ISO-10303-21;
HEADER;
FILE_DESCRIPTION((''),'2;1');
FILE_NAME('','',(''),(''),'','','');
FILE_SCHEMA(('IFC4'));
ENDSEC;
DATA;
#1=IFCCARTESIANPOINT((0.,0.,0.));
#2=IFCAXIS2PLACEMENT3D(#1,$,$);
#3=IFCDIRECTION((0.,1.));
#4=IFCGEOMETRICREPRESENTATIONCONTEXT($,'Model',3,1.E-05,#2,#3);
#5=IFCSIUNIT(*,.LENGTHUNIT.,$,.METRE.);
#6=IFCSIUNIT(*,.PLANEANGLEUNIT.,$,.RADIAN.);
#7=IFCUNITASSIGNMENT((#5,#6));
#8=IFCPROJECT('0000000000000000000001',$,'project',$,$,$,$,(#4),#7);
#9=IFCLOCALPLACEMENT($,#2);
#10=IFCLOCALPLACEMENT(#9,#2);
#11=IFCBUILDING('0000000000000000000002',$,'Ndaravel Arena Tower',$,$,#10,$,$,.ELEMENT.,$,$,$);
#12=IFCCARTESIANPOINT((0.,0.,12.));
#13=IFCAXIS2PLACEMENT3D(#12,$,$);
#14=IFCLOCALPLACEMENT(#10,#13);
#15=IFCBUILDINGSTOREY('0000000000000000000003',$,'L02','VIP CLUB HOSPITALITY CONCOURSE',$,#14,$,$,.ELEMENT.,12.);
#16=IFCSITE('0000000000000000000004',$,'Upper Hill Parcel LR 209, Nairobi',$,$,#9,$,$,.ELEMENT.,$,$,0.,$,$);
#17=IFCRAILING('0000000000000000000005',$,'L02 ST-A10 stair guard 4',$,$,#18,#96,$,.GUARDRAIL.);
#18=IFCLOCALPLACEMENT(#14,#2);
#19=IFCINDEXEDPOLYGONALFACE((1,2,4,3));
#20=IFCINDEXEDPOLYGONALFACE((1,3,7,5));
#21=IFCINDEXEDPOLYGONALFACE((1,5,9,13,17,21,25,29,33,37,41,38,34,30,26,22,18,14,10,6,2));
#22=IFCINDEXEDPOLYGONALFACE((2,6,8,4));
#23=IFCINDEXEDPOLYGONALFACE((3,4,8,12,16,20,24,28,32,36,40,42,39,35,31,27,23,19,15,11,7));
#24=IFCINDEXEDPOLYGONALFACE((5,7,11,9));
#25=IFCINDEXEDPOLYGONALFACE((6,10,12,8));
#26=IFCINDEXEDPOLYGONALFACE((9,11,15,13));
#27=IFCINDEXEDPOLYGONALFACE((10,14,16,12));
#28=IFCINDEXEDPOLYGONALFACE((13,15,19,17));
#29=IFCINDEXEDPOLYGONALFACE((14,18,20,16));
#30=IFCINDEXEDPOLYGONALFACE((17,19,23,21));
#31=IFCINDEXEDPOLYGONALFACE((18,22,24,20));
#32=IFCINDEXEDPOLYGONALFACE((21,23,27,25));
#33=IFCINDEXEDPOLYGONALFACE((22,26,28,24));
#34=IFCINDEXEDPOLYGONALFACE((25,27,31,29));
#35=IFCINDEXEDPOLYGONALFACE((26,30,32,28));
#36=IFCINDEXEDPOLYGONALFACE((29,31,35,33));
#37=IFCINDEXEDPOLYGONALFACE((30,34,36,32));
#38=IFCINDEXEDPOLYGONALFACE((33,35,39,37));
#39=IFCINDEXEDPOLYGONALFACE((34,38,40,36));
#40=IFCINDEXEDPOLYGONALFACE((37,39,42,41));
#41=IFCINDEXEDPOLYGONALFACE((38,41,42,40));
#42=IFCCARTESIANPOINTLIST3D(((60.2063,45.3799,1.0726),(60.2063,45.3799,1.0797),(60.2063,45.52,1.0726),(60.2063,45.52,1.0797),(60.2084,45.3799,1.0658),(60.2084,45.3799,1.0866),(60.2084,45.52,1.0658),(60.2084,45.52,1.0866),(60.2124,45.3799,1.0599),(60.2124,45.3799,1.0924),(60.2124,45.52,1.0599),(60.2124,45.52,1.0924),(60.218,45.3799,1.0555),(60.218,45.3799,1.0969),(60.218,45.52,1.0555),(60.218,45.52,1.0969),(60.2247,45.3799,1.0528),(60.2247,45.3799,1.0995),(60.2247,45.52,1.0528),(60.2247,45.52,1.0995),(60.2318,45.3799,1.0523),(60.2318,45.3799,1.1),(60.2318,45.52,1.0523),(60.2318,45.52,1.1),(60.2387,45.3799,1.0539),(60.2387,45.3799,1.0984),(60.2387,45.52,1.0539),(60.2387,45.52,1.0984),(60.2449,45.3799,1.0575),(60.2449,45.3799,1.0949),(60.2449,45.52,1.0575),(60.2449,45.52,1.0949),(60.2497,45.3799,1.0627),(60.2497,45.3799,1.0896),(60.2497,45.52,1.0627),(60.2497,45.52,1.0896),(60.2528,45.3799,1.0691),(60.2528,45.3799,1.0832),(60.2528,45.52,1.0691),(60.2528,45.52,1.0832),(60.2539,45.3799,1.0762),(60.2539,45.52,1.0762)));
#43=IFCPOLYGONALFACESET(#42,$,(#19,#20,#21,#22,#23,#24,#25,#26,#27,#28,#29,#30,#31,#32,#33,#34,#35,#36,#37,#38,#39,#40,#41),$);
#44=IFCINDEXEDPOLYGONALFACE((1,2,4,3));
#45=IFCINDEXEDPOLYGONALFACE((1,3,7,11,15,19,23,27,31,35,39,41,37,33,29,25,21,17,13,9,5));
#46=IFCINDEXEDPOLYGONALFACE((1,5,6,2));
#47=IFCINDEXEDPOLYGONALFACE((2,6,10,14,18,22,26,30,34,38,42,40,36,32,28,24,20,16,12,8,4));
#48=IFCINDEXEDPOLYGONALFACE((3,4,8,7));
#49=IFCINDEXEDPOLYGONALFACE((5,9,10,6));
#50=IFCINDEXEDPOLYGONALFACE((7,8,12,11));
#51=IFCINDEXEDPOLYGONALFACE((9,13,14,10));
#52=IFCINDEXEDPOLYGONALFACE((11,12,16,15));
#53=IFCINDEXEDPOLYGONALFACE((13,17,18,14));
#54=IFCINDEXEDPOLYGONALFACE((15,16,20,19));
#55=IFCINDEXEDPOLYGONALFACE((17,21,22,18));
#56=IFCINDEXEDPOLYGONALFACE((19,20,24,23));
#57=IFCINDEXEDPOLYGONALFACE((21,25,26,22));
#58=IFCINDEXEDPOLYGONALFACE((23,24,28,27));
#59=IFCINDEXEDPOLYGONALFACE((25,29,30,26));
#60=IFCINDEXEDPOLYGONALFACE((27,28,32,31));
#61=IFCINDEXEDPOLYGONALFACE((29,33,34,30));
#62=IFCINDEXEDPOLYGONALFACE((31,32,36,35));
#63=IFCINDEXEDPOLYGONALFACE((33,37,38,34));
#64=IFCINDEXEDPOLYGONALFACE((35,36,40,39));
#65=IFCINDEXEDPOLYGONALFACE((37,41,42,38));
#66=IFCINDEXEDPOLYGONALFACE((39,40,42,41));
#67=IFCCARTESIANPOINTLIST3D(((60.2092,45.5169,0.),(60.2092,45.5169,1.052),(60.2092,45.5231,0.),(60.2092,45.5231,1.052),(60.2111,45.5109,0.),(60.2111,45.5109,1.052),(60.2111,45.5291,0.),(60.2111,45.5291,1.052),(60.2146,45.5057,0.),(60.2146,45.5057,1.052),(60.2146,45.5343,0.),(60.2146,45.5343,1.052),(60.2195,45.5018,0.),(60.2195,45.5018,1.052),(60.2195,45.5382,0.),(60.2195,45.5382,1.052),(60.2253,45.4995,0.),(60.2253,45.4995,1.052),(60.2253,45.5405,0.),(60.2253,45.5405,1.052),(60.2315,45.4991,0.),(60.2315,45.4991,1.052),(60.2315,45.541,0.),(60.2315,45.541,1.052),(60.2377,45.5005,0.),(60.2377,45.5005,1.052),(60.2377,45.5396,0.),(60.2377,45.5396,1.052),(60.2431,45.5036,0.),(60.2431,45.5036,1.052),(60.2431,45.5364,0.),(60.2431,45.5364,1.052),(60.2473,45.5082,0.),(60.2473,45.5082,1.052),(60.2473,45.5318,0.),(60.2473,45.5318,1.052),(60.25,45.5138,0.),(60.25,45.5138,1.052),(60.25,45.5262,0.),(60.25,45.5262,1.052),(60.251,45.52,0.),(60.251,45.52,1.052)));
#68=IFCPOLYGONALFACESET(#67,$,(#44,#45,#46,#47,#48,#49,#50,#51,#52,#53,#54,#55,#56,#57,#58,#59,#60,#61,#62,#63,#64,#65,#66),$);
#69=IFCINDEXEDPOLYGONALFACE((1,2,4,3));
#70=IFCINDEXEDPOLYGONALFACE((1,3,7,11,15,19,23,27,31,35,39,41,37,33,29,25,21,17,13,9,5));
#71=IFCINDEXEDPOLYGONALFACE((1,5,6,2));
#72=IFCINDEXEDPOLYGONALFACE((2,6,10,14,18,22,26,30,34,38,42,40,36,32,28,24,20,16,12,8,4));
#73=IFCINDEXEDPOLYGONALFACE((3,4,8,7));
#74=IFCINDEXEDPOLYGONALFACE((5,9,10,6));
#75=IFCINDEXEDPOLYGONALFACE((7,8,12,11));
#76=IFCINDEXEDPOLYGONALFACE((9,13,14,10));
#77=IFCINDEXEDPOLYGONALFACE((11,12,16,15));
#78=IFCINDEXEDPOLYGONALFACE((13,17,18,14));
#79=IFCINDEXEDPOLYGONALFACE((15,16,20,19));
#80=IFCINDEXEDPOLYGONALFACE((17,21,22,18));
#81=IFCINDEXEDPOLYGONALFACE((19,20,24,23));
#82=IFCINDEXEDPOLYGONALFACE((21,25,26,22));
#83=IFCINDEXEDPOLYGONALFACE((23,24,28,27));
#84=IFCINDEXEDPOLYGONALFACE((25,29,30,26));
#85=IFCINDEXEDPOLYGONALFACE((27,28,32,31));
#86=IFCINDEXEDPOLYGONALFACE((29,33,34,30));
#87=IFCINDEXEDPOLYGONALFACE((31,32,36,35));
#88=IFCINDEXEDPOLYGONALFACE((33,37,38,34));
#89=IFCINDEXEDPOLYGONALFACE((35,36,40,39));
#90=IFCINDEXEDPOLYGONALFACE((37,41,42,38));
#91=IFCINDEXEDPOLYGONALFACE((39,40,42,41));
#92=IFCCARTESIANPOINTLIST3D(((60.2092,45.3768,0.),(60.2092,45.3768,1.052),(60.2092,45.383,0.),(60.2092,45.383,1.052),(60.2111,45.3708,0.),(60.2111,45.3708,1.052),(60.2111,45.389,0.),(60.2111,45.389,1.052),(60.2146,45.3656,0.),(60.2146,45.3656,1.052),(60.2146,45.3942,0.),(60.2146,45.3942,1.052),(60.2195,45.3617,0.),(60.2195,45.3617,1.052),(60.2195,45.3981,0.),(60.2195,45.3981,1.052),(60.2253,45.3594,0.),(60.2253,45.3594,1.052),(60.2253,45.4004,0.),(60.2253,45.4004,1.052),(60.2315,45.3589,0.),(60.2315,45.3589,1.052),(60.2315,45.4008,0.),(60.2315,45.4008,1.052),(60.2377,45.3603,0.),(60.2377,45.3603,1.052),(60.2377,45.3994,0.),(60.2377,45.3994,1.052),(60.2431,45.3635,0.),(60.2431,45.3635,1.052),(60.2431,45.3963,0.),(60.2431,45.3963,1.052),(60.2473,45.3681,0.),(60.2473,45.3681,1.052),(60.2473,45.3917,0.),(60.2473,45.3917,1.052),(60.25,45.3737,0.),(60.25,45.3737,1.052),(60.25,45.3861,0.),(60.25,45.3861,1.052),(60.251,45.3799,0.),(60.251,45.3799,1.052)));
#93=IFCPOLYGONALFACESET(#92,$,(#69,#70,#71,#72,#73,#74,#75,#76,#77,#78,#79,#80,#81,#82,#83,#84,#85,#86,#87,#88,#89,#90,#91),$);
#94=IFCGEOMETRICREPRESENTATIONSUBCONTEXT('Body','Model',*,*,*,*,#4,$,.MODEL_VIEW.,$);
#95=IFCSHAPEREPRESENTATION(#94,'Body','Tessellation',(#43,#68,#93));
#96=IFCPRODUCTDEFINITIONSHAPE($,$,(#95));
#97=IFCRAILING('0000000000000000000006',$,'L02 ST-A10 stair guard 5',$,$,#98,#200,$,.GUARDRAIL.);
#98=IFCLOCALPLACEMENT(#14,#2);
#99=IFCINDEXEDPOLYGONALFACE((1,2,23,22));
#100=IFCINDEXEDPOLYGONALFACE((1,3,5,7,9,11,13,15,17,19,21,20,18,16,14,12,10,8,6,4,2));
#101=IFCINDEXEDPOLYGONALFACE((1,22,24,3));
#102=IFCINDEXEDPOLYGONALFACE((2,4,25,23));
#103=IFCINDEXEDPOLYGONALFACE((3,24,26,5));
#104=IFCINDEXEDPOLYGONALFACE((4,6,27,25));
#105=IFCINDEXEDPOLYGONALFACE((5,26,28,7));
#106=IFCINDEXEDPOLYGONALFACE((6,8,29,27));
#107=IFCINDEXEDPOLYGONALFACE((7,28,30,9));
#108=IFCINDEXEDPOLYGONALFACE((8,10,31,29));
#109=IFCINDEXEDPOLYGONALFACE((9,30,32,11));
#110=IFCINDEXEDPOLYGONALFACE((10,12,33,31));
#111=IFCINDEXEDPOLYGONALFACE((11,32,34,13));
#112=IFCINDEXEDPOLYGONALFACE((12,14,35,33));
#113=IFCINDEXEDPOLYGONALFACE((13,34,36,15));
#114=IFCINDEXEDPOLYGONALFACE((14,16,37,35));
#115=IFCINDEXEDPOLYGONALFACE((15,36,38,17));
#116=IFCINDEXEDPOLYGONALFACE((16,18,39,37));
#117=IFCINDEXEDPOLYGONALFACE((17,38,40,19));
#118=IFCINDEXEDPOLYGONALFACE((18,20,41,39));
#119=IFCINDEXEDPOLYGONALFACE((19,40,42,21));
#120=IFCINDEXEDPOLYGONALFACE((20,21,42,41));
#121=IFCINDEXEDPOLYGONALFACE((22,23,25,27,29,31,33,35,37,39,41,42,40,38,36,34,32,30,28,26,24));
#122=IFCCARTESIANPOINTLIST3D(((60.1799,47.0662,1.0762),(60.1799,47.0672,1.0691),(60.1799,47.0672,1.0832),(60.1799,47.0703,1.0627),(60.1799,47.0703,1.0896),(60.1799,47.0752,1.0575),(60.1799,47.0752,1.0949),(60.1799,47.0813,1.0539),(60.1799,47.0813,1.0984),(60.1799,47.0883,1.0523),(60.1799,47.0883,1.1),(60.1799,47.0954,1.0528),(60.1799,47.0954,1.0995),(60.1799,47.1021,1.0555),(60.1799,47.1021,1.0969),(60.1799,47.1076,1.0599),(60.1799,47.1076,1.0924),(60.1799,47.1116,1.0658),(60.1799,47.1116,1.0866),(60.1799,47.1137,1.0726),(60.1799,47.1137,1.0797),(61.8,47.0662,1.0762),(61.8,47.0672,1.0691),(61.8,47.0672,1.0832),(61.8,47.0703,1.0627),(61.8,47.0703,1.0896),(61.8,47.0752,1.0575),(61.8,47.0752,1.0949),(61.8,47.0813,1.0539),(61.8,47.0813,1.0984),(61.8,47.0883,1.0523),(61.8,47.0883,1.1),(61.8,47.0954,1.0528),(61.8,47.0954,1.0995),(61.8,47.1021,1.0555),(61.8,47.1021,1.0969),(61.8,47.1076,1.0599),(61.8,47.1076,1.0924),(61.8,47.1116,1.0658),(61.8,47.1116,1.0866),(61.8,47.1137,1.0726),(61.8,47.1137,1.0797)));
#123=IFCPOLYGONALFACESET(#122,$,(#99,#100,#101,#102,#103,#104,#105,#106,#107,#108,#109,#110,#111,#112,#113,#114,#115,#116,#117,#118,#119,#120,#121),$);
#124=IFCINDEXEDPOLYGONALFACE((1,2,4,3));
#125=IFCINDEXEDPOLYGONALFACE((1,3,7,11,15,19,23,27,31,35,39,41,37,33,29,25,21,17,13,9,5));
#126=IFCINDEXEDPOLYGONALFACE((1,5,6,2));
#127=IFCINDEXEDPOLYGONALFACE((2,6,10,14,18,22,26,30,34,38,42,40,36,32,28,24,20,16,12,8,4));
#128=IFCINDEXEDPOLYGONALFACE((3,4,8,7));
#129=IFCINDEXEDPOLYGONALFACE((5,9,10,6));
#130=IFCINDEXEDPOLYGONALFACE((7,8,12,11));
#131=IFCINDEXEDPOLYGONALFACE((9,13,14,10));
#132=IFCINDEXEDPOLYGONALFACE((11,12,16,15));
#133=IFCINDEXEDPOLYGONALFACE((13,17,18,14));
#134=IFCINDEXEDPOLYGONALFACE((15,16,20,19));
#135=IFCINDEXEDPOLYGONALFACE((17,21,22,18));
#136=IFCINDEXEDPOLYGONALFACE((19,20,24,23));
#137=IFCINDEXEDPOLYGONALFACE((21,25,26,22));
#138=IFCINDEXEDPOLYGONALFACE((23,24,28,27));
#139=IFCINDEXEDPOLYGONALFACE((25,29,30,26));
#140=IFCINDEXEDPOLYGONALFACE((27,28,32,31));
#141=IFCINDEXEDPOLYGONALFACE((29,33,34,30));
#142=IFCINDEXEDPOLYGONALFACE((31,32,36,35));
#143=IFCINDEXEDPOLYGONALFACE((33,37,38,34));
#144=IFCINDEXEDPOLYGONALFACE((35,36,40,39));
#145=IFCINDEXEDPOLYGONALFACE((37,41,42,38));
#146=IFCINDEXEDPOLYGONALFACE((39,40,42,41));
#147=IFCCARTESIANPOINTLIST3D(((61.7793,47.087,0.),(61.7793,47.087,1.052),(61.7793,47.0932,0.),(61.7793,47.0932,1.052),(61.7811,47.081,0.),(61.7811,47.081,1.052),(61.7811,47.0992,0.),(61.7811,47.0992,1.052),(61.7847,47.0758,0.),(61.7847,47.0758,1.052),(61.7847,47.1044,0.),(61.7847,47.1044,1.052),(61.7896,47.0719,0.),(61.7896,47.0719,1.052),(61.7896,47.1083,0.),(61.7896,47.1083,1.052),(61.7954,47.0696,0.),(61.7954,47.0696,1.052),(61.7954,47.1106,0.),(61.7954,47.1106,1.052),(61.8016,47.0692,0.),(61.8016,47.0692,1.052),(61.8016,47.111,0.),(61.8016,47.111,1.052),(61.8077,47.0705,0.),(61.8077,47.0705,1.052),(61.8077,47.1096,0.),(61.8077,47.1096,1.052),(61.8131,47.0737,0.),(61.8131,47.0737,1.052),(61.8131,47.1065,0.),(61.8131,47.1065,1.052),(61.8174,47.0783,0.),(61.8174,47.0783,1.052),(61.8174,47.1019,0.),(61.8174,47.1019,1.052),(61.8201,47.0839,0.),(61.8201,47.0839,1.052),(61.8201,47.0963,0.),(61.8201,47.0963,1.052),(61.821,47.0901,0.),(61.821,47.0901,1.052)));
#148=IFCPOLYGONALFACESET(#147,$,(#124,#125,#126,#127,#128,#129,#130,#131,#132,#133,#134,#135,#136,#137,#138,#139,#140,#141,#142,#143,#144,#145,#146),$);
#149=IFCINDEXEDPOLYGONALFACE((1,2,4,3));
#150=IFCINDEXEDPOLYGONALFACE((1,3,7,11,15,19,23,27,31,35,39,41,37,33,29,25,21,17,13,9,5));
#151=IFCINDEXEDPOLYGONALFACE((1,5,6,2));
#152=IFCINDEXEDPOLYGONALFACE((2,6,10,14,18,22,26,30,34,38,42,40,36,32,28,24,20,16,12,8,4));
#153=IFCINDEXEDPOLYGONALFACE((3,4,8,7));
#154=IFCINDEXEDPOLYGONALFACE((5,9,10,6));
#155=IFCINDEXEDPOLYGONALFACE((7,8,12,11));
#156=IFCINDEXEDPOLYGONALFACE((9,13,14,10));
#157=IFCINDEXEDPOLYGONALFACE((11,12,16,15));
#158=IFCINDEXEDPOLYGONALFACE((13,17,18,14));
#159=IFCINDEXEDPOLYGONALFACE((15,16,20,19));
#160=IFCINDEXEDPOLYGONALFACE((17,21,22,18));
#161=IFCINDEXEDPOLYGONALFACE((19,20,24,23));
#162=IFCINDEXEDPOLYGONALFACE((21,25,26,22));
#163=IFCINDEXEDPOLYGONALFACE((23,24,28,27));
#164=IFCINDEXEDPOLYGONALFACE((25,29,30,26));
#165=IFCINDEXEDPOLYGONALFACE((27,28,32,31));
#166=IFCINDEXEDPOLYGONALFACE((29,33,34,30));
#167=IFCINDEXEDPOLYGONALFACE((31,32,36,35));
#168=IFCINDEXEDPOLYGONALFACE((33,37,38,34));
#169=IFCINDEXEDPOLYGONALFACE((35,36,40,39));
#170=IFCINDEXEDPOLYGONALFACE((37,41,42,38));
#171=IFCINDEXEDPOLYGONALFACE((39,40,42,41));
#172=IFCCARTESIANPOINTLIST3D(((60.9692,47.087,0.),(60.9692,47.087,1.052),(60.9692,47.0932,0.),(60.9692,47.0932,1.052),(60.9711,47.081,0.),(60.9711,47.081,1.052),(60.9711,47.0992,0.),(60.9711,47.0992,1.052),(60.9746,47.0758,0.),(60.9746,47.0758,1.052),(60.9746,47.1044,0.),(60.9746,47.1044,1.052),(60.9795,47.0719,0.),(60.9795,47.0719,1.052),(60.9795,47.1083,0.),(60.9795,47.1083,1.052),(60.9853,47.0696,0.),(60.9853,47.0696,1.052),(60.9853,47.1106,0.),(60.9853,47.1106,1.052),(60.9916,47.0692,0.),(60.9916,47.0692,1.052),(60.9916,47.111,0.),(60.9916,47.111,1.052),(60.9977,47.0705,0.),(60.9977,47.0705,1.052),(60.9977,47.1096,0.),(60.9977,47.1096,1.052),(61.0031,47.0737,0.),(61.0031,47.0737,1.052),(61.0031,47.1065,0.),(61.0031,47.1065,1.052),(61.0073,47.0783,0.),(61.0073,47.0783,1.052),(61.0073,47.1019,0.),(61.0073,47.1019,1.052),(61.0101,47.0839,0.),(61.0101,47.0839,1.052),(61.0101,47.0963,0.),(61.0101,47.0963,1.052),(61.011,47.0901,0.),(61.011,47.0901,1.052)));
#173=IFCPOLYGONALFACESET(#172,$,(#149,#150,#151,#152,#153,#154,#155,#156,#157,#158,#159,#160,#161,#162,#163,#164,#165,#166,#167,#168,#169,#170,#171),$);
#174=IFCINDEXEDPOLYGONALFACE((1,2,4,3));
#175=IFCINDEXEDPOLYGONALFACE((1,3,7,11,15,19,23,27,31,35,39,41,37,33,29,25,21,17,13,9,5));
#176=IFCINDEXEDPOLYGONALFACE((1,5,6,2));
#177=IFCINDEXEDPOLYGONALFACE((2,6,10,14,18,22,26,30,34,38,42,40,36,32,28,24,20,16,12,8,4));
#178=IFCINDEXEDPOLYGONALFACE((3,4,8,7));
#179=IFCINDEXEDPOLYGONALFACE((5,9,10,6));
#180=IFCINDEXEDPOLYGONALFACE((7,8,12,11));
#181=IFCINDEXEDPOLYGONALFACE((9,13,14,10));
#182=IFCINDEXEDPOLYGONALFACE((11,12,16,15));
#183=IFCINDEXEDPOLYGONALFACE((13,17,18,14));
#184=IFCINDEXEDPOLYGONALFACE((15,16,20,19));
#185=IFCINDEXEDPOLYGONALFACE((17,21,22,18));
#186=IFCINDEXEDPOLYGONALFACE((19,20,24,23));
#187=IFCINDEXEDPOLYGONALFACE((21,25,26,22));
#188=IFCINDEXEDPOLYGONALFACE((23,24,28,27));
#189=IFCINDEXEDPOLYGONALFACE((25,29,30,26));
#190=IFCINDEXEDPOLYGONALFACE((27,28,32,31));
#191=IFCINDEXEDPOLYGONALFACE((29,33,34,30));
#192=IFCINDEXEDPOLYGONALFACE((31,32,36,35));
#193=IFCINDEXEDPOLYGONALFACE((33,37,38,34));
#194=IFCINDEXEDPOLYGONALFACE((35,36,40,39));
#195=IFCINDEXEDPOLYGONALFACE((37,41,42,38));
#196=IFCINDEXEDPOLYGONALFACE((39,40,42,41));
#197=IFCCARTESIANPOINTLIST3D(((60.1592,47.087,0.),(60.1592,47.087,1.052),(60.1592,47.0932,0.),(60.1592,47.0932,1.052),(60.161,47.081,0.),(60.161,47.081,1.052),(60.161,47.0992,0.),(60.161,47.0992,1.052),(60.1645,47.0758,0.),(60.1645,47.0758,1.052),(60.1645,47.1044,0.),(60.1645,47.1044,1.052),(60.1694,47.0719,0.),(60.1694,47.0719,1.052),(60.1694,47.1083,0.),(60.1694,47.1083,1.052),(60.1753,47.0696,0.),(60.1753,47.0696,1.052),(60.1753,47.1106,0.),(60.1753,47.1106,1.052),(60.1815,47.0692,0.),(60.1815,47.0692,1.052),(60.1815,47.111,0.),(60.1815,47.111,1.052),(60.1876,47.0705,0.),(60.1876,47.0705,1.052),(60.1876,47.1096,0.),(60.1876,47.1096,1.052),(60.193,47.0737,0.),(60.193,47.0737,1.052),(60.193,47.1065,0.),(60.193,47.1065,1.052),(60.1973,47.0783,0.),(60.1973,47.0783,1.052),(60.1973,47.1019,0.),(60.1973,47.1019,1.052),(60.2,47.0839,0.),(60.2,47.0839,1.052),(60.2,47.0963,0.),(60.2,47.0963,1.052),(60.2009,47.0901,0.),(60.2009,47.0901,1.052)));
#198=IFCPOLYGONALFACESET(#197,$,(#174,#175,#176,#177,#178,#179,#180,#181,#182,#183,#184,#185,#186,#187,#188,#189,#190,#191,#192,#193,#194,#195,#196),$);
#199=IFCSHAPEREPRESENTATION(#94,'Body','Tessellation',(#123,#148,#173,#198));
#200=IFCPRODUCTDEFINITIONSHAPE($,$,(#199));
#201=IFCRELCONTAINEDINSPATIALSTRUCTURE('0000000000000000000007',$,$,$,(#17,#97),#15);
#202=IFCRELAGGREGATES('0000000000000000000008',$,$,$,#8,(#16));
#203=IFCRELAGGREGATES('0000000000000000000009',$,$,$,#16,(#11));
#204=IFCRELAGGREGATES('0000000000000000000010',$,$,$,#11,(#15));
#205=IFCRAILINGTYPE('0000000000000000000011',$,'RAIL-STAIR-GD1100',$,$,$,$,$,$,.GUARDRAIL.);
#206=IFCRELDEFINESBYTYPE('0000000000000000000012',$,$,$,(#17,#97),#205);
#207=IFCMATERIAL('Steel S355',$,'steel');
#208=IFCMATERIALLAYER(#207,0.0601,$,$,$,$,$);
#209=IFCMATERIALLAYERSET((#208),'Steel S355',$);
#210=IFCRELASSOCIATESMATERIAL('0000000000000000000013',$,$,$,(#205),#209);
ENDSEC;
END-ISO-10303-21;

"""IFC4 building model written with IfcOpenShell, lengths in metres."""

from ifc_helpers import new_model, si_unit, direction, frame, origin, origin_2d, place, context, subcontext, project, spatial, circle, extrude, material, layer, layer_set, type_object, element, save


model = new_model("IFC4")

# Units and contexts
model_context = context("Model", 3, precision=1e-05, world=origin(), true_north=direction((0.0, 1.0)))
body_context = subcontext(model_context, "Body", "Model", "MODEL_VIEW")
ifc_project = project(units=[si_unit("LENGTHUNIT", "METRE"), si_unit("PLANEANGLEUNIT", "RADIAN")], contexts=[model_context])

# Site, building, storey
site_placement = place(None, origin())
site = spatial("IfcSite", under=ifc_project, at=site_placement, Name="Upper Hill Parcel LR 209, Nairobi", CompositionType="ELEMENT", RefElevation=0.0)
building_placement = place(site_placement, origin())
building = spatial("IfcBuilding", under=site, at=building_placement, Name="Ndaravel Arena Tower", CompositionType="ELEMENT")
storey_placement = place(building_placement, frame((0.0, 0.0, 12.0)))
storey = spatial("IfcBuildingStorey", under=building, at=storey_placement, Name="L02", Description="VIP CLUB HOSPITALITY CONCOURSE", CompositionType="ELEMENT", Elevation=12.0)

# Railings
ifc_material_1 = material(Name="Steel S355", Category="steel")
ifc_layer_1 = layer(ifc_material_1, 0.0601)
ifc_layer_set_1 = layer_set([ifc_layer_1], Name="Steel S355")
railing_type_1 = type_object("IfcRailingType", Name="RAIL-STAIR-GD1100", PredefinedType="GUARDRAIL", material=ifc_layer_set_1)
railing_1_placement = place(storey_placement, frame((60.23, 45.52, 0.0)))
element("IfcRailing", 1, at=railing_1_placement, inside=storey, type_object=railing_type_1, Name="L02 ST-A10 stair guard 4", PredefinedType="GUARDRAIL", context=body_context, shape_type="SweptSolid", body=[
    extrude(circle(Radius=0.0239, at=origin_2d()), frame((0.0, 0.0, 1.0762), z_axis=(0.0, -1.0, 0.0), x_axis=(1.0, 0.0, 0.0)), (0.0, 0.0, 1.0), 0.1401),
    extrude(circle(Radius=0.021, at=origin_2d()), origin(), (0.0, 0.0, 1.0), 1.052),
    extrude(circle(Radius=0.021, at=origin_2d()), frame((0.0, -0.1401, 0.0)), (0.0, 0.0, 1.0), 1.052),
])
for number, where, name in (
    (2, (61.8, 47.0901, 0.0), "L02 ST-A10 stair guard 5"),
):
    element("IfcRailing", number, at=place(storey_placement, frame(where)), inside=storey, type_object=railing_type_1, Name=name, PredefinedType="GUARDRAIL", context=body_context, shape_type="SweptSolid", body=[
        extrude(circle(Radius=0.0239, at=origin_2d()), frame((0.0, 0.0, 1.0762), z_axis=(-1.0, 0.0, 0.0), x_axis=(0.0, -1.0, 0.0)), (0.0, 0.0, 1.0), 1.6201),
        extrude(circle(Radius=0.021, at=origin_2d()), origin(), (0.0, 0.0, 1.0), 1.052),
        extrude(circle(Radius=0.021, at=origin_2d()), frame((-0.8101, 0.0, 0.0)), (0.0, 0.0, 1.0), 1.052),
        extrude(circle(Radius=0.021, at=origin_2d()), frame((-1.6201, 0.0, 0.0)), (0.0, 0.0, 1.0), 1.052),
    ])

save(model, "model.ifc")
